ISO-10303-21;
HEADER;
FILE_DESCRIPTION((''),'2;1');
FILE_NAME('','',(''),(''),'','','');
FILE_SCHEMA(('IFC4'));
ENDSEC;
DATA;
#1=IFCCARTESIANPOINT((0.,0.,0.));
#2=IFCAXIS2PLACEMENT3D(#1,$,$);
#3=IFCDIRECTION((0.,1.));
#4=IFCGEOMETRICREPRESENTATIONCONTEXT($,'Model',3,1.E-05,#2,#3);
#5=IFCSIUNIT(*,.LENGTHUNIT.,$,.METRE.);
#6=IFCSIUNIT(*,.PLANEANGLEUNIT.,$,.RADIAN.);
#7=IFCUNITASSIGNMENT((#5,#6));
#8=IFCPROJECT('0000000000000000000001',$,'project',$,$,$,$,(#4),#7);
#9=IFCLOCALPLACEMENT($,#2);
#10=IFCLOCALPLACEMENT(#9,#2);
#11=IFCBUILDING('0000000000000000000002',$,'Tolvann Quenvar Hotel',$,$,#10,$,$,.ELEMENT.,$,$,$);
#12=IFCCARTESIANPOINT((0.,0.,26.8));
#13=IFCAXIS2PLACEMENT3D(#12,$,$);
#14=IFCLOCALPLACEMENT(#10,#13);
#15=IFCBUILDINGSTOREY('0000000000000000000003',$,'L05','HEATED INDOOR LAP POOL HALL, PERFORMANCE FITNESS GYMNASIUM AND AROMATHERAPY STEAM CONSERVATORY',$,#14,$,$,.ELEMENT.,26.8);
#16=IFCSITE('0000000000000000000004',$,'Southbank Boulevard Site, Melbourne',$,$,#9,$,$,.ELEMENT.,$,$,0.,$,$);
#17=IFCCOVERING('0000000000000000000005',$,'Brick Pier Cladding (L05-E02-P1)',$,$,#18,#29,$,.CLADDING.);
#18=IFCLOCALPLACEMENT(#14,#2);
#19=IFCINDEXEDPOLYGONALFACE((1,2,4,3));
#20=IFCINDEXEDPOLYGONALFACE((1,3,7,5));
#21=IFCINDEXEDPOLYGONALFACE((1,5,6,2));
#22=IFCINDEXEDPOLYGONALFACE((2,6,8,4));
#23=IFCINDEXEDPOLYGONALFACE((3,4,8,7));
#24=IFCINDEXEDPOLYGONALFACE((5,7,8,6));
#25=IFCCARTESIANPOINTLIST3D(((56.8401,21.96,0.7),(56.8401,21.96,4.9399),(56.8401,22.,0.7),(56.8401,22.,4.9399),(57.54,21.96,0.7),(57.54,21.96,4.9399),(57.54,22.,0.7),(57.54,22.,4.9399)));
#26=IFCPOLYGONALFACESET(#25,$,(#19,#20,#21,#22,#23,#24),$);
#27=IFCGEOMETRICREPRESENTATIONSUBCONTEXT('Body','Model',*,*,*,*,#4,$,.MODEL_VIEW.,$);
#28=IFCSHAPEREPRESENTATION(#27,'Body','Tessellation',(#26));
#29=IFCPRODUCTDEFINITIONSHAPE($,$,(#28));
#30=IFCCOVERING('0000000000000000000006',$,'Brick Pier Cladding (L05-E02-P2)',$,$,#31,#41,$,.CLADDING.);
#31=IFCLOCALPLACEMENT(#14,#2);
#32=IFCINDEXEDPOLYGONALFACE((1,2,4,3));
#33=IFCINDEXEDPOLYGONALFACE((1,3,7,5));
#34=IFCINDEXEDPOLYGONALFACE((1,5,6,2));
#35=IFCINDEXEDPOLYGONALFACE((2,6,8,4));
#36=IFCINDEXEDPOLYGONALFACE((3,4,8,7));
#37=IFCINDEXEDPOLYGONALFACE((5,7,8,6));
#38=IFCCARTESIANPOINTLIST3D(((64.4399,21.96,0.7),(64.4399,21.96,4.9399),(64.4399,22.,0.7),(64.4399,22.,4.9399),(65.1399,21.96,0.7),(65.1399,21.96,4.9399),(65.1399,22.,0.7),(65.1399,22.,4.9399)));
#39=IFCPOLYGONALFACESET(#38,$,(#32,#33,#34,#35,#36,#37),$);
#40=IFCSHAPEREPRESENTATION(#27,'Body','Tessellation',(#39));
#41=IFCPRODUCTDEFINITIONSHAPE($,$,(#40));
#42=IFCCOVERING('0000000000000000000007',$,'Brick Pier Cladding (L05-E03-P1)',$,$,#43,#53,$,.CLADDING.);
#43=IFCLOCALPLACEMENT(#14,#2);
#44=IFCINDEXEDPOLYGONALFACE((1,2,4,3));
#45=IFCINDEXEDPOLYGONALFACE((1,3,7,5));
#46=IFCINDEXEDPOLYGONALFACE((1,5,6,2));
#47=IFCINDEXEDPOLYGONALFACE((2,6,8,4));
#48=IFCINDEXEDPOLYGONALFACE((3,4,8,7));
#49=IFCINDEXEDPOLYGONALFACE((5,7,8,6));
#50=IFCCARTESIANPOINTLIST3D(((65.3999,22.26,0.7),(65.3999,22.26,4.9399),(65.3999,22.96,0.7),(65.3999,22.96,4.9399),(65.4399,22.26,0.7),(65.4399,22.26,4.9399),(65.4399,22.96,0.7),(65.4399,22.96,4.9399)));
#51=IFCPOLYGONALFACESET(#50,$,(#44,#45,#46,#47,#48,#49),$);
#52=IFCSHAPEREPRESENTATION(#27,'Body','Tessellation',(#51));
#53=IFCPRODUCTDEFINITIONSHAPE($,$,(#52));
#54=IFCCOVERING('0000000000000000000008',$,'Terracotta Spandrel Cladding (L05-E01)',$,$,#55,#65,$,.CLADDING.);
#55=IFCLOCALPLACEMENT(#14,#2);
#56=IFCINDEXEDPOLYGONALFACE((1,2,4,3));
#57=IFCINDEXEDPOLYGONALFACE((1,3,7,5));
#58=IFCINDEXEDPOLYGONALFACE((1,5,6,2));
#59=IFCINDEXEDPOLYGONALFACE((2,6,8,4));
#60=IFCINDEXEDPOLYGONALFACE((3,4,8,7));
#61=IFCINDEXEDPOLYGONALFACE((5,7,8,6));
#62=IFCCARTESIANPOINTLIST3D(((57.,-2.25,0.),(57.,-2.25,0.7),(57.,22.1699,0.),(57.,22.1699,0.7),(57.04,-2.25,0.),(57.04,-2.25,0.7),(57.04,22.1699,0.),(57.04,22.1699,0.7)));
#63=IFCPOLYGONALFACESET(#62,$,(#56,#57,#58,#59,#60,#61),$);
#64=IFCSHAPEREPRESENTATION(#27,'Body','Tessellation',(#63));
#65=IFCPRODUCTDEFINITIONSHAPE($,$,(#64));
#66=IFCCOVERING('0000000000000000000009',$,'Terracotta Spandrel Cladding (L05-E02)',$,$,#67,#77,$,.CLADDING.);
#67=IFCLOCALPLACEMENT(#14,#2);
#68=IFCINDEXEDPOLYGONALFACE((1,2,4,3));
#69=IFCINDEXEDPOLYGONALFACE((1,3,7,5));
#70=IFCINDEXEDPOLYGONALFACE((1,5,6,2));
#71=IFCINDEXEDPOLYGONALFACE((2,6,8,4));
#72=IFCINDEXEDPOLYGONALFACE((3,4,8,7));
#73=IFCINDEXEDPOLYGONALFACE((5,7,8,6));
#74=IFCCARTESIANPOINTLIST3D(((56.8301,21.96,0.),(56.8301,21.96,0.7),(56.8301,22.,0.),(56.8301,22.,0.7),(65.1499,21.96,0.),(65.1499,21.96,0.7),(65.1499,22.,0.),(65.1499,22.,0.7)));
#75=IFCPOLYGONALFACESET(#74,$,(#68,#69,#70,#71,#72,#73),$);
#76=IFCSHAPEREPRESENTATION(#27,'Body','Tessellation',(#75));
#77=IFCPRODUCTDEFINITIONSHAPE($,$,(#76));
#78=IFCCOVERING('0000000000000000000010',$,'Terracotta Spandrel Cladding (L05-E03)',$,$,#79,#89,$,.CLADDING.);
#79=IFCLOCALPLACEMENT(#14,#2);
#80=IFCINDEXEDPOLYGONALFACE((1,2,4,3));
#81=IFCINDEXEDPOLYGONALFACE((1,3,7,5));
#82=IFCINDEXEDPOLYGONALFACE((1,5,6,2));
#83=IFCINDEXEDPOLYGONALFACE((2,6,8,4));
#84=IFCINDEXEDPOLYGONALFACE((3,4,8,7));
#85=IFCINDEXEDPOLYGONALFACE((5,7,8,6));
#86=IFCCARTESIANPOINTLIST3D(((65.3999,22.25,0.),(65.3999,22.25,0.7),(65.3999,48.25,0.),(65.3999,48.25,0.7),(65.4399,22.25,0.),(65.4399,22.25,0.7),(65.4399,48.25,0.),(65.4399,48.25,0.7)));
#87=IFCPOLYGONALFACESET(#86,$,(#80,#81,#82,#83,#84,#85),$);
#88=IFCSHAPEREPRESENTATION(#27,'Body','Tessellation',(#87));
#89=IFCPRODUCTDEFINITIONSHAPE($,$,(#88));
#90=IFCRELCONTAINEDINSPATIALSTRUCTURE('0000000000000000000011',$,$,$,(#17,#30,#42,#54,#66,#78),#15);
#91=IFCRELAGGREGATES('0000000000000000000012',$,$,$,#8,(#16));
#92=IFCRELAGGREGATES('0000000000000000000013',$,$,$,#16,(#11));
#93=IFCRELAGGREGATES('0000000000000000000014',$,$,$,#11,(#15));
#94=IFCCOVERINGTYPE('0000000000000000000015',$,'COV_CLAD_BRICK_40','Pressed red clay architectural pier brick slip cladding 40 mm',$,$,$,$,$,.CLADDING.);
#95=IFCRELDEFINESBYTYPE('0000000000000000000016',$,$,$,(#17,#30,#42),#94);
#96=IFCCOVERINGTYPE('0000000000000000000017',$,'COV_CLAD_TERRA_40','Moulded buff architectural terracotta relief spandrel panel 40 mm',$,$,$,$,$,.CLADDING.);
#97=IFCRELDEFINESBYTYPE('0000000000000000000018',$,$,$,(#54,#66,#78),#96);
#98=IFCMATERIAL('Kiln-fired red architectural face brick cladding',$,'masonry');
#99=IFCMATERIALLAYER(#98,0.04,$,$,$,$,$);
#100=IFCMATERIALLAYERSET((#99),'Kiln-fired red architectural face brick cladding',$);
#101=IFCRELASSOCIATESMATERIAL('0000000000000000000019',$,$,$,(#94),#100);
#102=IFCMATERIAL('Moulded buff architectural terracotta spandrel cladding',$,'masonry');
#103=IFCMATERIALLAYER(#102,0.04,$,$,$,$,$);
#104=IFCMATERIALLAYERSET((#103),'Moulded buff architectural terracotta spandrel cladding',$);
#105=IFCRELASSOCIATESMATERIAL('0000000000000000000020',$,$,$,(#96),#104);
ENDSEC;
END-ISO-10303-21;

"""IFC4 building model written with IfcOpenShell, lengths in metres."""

from ifc_helpers import new_model, si_unit, direction, frame, origin, place, context, subcontext, project, spatial, polyline, outline, extrude, material, layer, layer_set, type_object, element, save


model = new_model("IFC4")

# Units and contexts
model_context = context("Model", 3, precision=1e-05, world=origin(), true_north=direction((0.0, 1.0)))
body_context = subcontext(model_context, "Body", "Model", "MODEL_VIEW")
ifc_project = project(units=[si_unit("LENGTHUNIT", "METRE"), si_unit("PLANEANGLEUNIT", "RADIAN")], contexts=[model_context])

# Site, building, storey
site_placement = place(None, origin())
site = spatial("IfcSite", under=ifc_project, at=site_placement, Name="Southbank Boulevard Site, Melbourne", CompositionType="ELEMENT", RefElevation=0.0)
building_placement = place(site_placement, origin())
building = spatial("IfcBuilding", under=site, at=building_placement, Name="Tolvann Quenvar Hotel", CompositionType="ELEMENT")
storey_placement = place(building_placement, frame((0.0, 0.0, 26.8)))
storey = spatial("IfcBuildingStorey", under=building, at=storey_placement, Name="L05", Description="HEATED INDOOR LAP POOL HALL, PERFORMANCE FITNESS GYMNASIUM AND AROMATHERAPY STEAM CONSERVATORY", CompositionType="ELEMENT", Elevation=26.8)

# Coverings
ifc_material_1 = material(Name="Kiln-fired red architectural face brick cladding", Category="masonry")
ifc_layer_1 = layer(ifc_material_1, 0.04)
ifc_layer_set_1 = layer_set([ifc_layer_1], Name="Kiln-fired red architectural face brick cladding")
covering_type_1 = type_object("IfcCoveringType", Name="COV_CLAD_BRICK_40", Description="Pressed red clay architectural pier brick slip cladding 40 mm", PredefinedType="CLADDING", material=ifc_layer_set_1)
covering_1_placement = place(storey_placement, frame((0.0, 0.0, 0.7)))
element("IfcCovering", 1, at=covering_1_placement, inside=storey, type_object=covering_type_1, Name="Brick Pier Cladding (L05-E02-P1)", PredefinedType="CLADDING", context=body_context, shape_type="SweptSolid", body=[
    extrude(outline(polyline([(56.8401, 22.0), (57.54, 22.0), (57.54, 21.96), (56.8401, 21.96), (56.8401, 22.0)])), origin(), (0.0, 0.0, 1.0), 4.24),
])
covering_2_placement = place(storey_placement, frame((0.0, 0.0, 0.7)))
element("IfcCovering", 2, at=covering_2_placement, inside=storey, type_object=covering_type_1, Name="Brick Pier Cladding (L05-E02-P2)", PredefinedType="CLADDING", context=body_context, shape_type="SweptSolid", body=[
    extrude(outline(polyline([(64.4399, 22.0), (65.1399, 22.0), (65.1399, 21.96), (64.4399, 21.96), (64.4399, 22.0)])), origin(), (0.0, 0.0, 1.0), 4.24),
])
covering_3_placement = place(storey_placement, frame((0.0, 0.0, 0.7)))
element("IfcCovering", 3, at=covering_3_placement, inside=storey, type_object=covering_type_1, Name="Brick Pier Cladding (L05-E03-P1)", PredefinedType="CLADDING", context=body_context, shape_type="SweptSolid", body=[
    extrude(outline(polyline([(65.3999, 22.26), (65.3999, 22.96), (65.4399, 22.96), (65.4399, 22.26), (65.3999, 22.26)])), origin(), (0.0, 0.0, 1.0), 4.24),
])
ifc_material_2 = material(Name="Moulded buff architectural terracotta spandrel cladding", Category="masonry")
ifc_layer_2 = layer(ifc_material_2, 0.04)
ifc_layer_set_2 = layer_set([ifc_layer_2], Name="Moulded buff architectural terracotta spandrel cladding")
covering_type_2 = type_object("IfcCoveringType", Name="COV_CLAD_TERRA_40", Description="Moulded buff architectural terracotta relief spandrel panel 40 mm", PredefinedType="CLADDING", material=ifc_layer_set_2)
covering_4_placement = place(storey_placement, origin())
element("IfcCovering", 4, at=covering_4_placement, inside=storey, type_object=covering_type_2, Name="Terracotta Spandrel Cladding (L05-E01)", PredefinedType="CLADDING", context=body_context, shape_type="SweptSolid", body=[
    extrude(outline(polyline([(57.0, -2.25), (57.0, 22.1699), (57.04, 22.1699), (57.04, -2.25), (57.0, -2.25)])), origin(), (0.0, 0.0, 1.0), 0.7),
])
covering_5_placement = place(storey_placement, origin())
element("IfcCovering", 5, at=covering_5_placement, inside=storey, type_object=covering_type_2, Name="Terracotta Spandrel Cladding (L05-E02)", PredefinedType="CLADDING", context=body_context, shape_type="SweptSolid", body=[
    extrude(outline(polyline([(56.8301, 22.0), (65.1499, 22.0), (65.1499, 21.96), (56.8301, 21.96), (56.8301, 22.0)])), origin(), (0.0, 0.0, 1.0), 0.7),
])
covering_6_placement = place(storey_placement, origin())
element("IfcCovering", 6, at=covering_6_placement, inside=storey, type_object=covering_type_2, Name="Terracotta Spandrel Cladding (L05-E03)", PredefinedType="CLADDING", context=body_context, shape_type="SweptSolid", body=[
    extrude(outline(polyline([(65.3999, 22.25), (65.3999, 48.25), (65.4399, 48.25), (65.4399, 22.25), (65.3999, 22.25)])), origin(), (0.0, 0.0, 1.0), 0.7),
])

save(model, "model.ifc")
